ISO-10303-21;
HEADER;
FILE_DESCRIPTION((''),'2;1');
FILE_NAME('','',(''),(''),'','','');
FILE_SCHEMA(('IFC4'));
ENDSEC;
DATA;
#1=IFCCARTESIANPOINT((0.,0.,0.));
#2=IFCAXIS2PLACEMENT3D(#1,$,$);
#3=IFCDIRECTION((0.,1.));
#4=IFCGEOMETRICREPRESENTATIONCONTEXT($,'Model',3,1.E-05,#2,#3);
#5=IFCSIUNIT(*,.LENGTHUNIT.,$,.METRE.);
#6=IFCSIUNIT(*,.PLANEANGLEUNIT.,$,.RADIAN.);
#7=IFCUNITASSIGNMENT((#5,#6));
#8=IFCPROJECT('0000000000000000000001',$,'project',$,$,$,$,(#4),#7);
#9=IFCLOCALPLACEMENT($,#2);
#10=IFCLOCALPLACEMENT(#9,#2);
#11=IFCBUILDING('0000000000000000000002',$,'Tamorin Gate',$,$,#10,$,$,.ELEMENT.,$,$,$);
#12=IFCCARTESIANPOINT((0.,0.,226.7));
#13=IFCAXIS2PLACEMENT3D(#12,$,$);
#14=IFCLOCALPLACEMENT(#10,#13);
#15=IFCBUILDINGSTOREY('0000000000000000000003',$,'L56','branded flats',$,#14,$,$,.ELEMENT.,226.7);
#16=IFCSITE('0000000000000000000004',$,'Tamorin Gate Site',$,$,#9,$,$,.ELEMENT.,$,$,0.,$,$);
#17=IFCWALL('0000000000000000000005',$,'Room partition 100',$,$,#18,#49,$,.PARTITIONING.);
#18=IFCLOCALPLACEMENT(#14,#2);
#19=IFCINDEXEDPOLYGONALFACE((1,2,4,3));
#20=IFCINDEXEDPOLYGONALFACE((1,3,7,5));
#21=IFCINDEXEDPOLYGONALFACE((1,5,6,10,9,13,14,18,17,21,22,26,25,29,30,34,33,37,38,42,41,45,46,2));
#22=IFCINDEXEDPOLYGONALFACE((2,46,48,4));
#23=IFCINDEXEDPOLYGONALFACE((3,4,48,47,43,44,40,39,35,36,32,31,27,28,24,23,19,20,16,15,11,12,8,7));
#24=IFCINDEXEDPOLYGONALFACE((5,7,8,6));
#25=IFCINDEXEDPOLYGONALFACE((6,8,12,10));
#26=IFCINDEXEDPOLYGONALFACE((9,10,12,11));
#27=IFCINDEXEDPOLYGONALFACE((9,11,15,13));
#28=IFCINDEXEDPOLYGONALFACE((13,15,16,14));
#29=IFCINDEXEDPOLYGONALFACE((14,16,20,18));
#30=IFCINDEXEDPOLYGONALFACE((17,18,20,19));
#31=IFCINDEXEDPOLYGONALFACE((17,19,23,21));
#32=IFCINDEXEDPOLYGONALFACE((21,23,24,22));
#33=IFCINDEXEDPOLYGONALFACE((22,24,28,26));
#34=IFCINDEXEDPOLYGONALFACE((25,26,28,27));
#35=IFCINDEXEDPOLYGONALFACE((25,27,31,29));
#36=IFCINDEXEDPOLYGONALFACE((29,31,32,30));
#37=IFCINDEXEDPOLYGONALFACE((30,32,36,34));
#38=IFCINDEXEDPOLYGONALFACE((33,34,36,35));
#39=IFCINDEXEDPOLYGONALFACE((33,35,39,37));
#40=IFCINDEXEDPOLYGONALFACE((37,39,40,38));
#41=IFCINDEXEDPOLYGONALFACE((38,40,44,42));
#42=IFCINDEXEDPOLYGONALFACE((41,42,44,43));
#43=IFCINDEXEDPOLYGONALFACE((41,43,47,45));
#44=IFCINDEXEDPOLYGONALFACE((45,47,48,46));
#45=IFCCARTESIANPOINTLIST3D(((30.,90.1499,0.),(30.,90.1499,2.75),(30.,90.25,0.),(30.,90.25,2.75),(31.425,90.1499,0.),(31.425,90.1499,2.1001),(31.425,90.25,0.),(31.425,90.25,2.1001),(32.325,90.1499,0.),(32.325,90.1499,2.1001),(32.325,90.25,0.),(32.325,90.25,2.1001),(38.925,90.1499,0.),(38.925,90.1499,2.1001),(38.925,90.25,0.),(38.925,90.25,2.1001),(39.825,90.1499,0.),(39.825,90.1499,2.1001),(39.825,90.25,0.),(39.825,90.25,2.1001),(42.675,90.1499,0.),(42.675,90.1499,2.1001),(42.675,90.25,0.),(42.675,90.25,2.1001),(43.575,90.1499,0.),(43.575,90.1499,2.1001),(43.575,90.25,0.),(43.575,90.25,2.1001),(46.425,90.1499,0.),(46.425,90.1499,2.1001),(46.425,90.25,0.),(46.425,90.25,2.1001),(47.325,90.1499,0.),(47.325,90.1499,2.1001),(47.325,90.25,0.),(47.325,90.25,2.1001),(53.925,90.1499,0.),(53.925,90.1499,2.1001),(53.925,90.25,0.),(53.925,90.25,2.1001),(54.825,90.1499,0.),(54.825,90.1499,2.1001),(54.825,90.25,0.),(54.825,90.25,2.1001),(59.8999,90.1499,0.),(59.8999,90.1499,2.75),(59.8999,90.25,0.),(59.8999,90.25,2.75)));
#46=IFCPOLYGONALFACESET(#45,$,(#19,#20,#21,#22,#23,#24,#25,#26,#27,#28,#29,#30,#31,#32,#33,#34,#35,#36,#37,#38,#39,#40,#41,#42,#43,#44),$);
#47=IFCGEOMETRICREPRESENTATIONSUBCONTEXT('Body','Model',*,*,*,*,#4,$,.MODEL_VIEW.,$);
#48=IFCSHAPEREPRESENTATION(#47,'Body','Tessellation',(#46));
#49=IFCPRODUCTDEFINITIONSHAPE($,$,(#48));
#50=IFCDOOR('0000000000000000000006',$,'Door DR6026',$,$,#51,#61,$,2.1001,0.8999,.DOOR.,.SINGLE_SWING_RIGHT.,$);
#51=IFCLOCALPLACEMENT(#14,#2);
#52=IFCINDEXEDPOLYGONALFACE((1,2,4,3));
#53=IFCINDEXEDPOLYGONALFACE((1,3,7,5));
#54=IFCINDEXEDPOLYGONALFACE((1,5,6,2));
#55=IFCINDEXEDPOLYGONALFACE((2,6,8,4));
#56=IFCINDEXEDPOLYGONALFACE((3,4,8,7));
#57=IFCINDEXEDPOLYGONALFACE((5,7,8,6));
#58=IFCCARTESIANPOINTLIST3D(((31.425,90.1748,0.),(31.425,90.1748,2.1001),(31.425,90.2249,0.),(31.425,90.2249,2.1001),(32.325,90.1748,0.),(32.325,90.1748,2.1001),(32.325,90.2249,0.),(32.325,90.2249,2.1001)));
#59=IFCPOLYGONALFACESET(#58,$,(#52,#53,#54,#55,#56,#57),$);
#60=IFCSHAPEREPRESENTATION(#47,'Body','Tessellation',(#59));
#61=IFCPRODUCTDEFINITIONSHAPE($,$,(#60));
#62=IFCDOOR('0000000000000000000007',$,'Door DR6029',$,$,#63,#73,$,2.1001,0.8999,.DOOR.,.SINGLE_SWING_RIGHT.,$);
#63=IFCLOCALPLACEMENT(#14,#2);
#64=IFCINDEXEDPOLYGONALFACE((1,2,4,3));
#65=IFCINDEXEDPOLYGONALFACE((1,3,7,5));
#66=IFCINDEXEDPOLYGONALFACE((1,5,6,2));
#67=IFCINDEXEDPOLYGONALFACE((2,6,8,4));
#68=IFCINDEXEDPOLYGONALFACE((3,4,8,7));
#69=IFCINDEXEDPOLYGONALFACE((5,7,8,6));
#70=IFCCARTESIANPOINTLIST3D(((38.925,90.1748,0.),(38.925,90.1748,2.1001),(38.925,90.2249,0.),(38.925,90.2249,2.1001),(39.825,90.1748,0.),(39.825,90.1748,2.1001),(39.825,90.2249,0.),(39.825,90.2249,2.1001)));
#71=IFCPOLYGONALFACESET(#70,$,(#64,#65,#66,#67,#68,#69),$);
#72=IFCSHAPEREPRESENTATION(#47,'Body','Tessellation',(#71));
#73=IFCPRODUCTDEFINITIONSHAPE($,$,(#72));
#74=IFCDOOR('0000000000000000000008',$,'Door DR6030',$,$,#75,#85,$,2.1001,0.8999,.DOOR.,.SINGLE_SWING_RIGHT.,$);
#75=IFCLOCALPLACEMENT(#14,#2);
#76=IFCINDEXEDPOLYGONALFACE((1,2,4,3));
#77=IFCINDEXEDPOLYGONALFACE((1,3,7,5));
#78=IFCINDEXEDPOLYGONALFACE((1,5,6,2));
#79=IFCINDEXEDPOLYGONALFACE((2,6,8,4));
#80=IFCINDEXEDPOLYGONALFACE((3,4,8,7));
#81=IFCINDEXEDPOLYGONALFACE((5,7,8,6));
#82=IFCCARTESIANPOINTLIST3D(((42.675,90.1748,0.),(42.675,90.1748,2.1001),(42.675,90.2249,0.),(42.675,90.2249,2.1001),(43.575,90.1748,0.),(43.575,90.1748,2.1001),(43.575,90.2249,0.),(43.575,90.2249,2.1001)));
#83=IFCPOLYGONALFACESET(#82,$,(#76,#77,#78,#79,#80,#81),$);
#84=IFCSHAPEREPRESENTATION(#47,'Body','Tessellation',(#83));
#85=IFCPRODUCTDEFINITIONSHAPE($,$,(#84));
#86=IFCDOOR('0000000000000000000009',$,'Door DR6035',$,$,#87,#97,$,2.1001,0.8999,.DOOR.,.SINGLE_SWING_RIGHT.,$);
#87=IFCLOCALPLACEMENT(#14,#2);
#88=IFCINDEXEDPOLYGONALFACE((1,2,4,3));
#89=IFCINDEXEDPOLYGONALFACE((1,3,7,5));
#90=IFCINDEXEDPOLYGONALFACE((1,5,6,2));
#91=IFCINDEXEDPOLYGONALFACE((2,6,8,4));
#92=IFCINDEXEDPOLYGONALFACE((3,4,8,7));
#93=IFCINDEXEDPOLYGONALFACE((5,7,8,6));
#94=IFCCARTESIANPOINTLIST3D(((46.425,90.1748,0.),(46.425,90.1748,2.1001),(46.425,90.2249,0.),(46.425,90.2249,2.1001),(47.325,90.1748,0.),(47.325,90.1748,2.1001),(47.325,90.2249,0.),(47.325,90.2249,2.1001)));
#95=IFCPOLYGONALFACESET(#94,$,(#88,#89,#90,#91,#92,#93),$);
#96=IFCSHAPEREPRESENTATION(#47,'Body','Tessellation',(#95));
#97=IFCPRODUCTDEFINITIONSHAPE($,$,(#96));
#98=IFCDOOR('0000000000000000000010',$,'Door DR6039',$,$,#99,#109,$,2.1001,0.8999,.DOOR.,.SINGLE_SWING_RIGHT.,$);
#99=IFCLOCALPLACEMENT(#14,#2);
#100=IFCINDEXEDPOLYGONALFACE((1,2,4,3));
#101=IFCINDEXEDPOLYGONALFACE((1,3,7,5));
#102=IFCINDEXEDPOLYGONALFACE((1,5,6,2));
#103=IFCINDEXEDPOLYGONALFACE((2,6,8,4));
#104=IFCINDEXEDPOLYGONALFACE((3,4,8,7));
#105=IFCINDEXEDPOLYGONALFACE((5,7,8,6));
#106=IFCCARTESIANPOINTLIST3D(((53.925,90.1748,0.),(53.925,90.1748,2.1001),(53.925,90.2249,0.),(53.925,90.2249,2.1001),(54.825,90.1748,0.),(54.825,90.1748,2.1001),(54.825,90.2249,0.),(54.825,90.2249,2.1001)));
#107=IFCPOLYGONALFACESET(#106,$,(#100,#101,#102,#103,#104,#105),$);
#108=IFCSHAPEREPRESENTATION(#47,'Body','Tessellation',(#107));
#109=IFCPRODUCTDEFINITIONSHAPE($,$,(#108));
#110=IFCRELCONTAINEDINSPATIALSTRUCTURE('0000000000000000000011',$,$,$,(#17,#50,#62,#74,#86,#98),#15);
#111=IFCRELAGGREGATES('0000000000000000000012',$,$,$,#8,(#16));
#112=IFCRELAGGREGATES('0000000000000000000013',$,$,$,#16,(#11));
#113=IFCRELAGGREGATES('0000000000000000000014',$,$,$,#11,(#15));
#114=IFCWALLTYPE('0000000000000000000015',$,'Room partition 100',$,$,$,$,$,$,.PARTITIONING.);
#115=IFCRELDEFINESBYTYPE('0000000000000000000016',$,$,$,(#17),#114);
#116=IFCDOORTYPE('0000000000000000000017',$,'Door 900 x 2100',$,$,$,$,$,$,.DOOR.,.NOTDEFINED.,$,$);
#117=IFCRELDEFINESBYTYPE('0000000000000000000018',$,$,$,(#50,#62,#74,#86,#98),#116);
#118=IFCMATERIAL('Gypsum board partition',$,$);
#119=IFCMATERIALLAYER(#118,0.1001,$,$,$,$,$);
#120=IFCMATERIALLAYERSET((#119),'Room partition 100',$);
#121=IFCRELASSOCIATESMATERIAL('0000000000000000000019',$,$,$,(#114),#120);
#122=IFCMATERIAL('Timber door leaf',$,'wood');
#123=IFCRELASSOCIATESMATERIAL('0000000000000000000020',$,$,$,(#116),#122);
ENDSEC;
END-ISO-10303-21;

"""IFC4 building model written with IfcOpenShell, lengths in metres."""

from ifc_helpers import new_model, si_unit, direction, frame, frame_2d, origin, place, context, subcontext, project, spatial, rectangle, extrude, material, layer, layer_set, type_object, element, fill, save


model = new_model("IFC4")

# Units and contexts
model_context = context("Model", 3, precision=1e-05, world=origin(), true_north=direction((0.0, 1.0)))
body_context = subcontext(model_context, "Body", "Model", "MODEL_VIEW")
ifc_project = project(units=[si_unit("LENGTHUNIT", "METRE"), si_unit("PLANEANGLEUNIT", "RADIAN")], contexts=[model_context])

# Site, building, storey
site_placement = place(None, origin())
site = spatial("IfcSite", under=ifc_project, at=site_placement, Name="Tamorin Gate Site", CompositionType="ELEMENT", RefElevation=0.0)
building_placement = place(site_placement, origin())
building = spatial("IfcBuilding", under=site, at=building_placement, Name="Tamorin Gate", CompositionType="ELEMENT")
storey_placement = place(building_placement, frame((0.0, 0.0, 226.7)))
storey = spatial("IfcBuildingStorey", under=building, at=storey_placement, Name="L56", Description="branded flats", CompositionType="ELEMENT", Elevation=226.7)

# Wall, openings, doors
ifc_material_1 = material(Name="Gypsum board partition")
ifc_layer_1 = layer(ifc_material_1, 0.1001)
ifc_layer_set_1 = layer_set([ifc_layer_1], Name="Room partition 100")
wall_type_1 = type_object("IfcWallType", Name="Room partition 100", PredefinedType="PARTITIONING", material=ifc_layer_set_1)
wall_1_placement = place(storey_placement, frame((30.0, 90.2, 0.0), z_axis=(0.0, 0.0, 1.0), x_axis=(1.0, 0.0, 0.0)))
wall_1 = element("IfcWall", 1, at=wall_1_placement, inside=storey, type_object=wall_type_1, Name="Room partition 100", PredefinedType="PARTITIONING", context=body_context, shape_type="SweptSolid", body=[
    extrude(rectangle(XDim=29.8999, YDim=0.1001, at=frame_2d((14.95, 0.0))), origin(), (0.0, 0.0, 1.0), 2.75),
])
opening_1_placement = place(wall_1_placement, frame((1.425, 0.0, 0.0)))
opening_1 = element("IfcOpeningElement", 2, at=opening_1_placement, cuts=wall_1, PredefinedType="OPENING", context=body_context, shape_type="SweptSolid", body=[
    extrude(rectangle(XDim=0.8999, YDim=2.1001, at=frame_2d((0.45, 1.05))), frame((0.0, 0.0601, 0.0), z_axis=(0.0, -1.0, 0.0), x_axis=(1.0, 0.0, 0.0)), (0.0, 0.0, 1.0), 0.1201),
])
opening_2_placement = place(wall_1_placement, frame((8.925, 0.0, 0.0)))
opening_2 = element("IfcOpeningElement", 3, at=opening_2_placement, cuts=wall_1, PredefinedType="OPENING", context=body_context, shape_type="SweptSolid", body=[
    extrude(rectangle(XDim=0.8999, YDim=2.1001, at=frame_2d((0.45, 1.05))), frame((0.0, 0.0601, 0.0), z_axis=(0.0, -1.0, 0.0), x_axis=(1.0, 0.0, 0.0)), (0.0, 0.0, 1.0), 0.1201),
])
opening_3_placement = place(wall_1_placement, frame((12.675, 0.0, 0.0)))
opening_3 = element("IfcOpeningElement", 4, at=opening_3_placement, cuts=wall_1, PredefinedType="OPENING", context=body_context, shape_type="SweptSolid", body=[
    extrude(rectangle(XDim=0.8999, YDim=2.1001, at=frame_2d((0.45, 1.05))), frame((0.0, 0.0601, 0.0), z_axis=(0.0, -1.0, 0.0), x_axis=(1.0, 0.0, 0.0)), (0.0, 0.0, 1.0), 0.1201),
])
opening_4_placement = place(wall_1_placement, frame((16.425, 0.0, 0.0)))
opening_4 = element("IfcOpeningElement", 5, at=opening_4_placement, cuts=wall_1, PredefinedType="OPENING", context=body_context, shape_type="SweptSolid", body=[
    extrude(rectangle(XDim=0.8999, YDim=2.1001, at=frame_2d((0.45, 1.05))), frame((0.0, 0.0601, 0.0), z_axis=(0.0, -1.0, 0.0), x_axis=(1.0, 0.0, 0.0)), (0.0, 0.0, 1.0), 0.1201),
])
opening_5_placement = place(wall_1_placement, frame((23.925, 0.0, 0.0)))
opening_5 = element("IfcOpeningElement", 6, at=opening_5_placement, cuts=wall_1, PredefinedType="OPENING", context=body_context, shape_type="SweptSolid", body=[
    extrude(rectangle(XDim=0.8999, YDim=2.1001, at=frame_2d((0.45, 1.05))), frame((0.0, 0.0601, 0.0), z_axis=(0.0, -1.0, 0.0), x_axis=(1.0, 0.0, 0.0)), (0.0, 0.0, 1.0), 0.1201),
])
ifc_material_2 = material(Name="Timber door leaf", Category="wood")
door_type = type_object("IfcDoorType", Name="Door 900 x 2100", OperationType="NOTDEFINED", PredefinedType="DOOR", material=ifc_material_2)
door_1_placement = place(opening_1_placement, origin())
door_1 = element("IfcDoor", 7, at=door_1_placement, inside=storey, type_object=door_type, Name="Door DR6026", OperationType="SINGLE_SWING_RIGHT", OverallHeight=2.1001, OverallWidth=0.8999, PredefinedType="DOOR", context=body_context, shape_type="SweptSolid", body=[
    extrude(rectangle(XDim=0.8999, YDim=2.1001, at=frame_2d((0.45, 1.05))), frame((0.0, 0.0249, 0.0), z_axis=(0.0, -1.0, 0.0), x_axis=(1.0, 0.0, 0.0)), (0.0, 0.0, 1.0), 0.05),
])
fill(opening_1, door_1)
door_2_placement = place(opening_2_placement, origin())
door_2 = element("IfcDoor", 8, at=door_2_placement, inside=storey, type_object=door_type, Name="Door DR6029", OperationType="SINGLE_SWING_RIGHT", OverallHeight=2.1001, OverallWidth=0.8999, PredefinedType="DOOR", context=body_context, shape_type="SweptSolid", body=[
    extrude(rectangle(XDim=0.8999, YDim=2.1001, at=frame_2d((0.45, 1.05))), frame((0.0, 0.0249, 0.0), z_axis=(0.0, -1.0, 0.0), x_axis=(1.0, 0.0, 0.0)), (0.0, 0.0, 1.0), 0.05),
])
fill(opening_2, door_2)
door_3_placement = place(opening_3_placement, origin())
door_3 = element("IfcDoor", 9, at=door_3_placement, inside=storey, type_object=door_type, Name="Door DR6030", OperationType="SINGLE_SWING_RIGHT", OverallHeight=2.1001, OverallWidth=0.8999, PredefinedType="DOOR", context=body_context, shape_type="SweptSolid", body=[
    extrude(rectangle(XDim=0.8999, YDim=2.1001, at=frame_2d((0.45, 1.05))), frame((0.0, 0.0249, 0.0), z_axis=(0.0, -1.0, 0.0), x_axis=(1.0, 0.0, 0.0)), (0.0, 0.0, 1.0), 0.05),
])
fill(opening_3, door_3)
door_4_placement = place(opening_4_placement, origin())
door_4 = element("IfcDoor", 10, at=door_4_placement, inside=storey, type_object=door_type, Name="Door DR6035", OperationType="SINGLE_SWING_RIGHT", OverallHeight=2.1001, OverallWidth=0.8999, PredefinedType="DOOR", context=body_context, shape_type="SweptSolid", body=[
    extrude(rectangle(XDim=0.8999, YDim=2.1001, at=frame_2d((0.45, 1.05))), frame((0.0, 0.0249, 0.0), z_axis=(0.0, -1.0, 0.0), x_axis=(1.0, 0.0, 0.0)), (0.0, 0.0, 1.0), 0.05),
])
fill(opening_4, door_4)
door_5_placement = place(opening_5_placement, origin())
door_5 = element("IfcDoor", 11, at=door_5_placement, inside=storey, type_object=door_type, Name="Door DR6039", OperationType="SINGLE_SWING_RIGHT", OverallHeight=2.1001, OverallWidth=0.8999, PredefinedType="DOOR", context=body_context, shape_type="SweptSolid", body=[
    extrude(rectangle(XDim=0.8999, YDim=2.1001, at=frame_2d((0.45, 1.05))), frame((0.0, 0.0249, 0.0), z_axis=(0.0, -1.0, 0.0), x_axis=(1.0, 0.0, 0.0)), (0.0, 0.0, 1.0), 0.05),
])
fill(opening_5, door_5)

save(model, "model.ifc")
